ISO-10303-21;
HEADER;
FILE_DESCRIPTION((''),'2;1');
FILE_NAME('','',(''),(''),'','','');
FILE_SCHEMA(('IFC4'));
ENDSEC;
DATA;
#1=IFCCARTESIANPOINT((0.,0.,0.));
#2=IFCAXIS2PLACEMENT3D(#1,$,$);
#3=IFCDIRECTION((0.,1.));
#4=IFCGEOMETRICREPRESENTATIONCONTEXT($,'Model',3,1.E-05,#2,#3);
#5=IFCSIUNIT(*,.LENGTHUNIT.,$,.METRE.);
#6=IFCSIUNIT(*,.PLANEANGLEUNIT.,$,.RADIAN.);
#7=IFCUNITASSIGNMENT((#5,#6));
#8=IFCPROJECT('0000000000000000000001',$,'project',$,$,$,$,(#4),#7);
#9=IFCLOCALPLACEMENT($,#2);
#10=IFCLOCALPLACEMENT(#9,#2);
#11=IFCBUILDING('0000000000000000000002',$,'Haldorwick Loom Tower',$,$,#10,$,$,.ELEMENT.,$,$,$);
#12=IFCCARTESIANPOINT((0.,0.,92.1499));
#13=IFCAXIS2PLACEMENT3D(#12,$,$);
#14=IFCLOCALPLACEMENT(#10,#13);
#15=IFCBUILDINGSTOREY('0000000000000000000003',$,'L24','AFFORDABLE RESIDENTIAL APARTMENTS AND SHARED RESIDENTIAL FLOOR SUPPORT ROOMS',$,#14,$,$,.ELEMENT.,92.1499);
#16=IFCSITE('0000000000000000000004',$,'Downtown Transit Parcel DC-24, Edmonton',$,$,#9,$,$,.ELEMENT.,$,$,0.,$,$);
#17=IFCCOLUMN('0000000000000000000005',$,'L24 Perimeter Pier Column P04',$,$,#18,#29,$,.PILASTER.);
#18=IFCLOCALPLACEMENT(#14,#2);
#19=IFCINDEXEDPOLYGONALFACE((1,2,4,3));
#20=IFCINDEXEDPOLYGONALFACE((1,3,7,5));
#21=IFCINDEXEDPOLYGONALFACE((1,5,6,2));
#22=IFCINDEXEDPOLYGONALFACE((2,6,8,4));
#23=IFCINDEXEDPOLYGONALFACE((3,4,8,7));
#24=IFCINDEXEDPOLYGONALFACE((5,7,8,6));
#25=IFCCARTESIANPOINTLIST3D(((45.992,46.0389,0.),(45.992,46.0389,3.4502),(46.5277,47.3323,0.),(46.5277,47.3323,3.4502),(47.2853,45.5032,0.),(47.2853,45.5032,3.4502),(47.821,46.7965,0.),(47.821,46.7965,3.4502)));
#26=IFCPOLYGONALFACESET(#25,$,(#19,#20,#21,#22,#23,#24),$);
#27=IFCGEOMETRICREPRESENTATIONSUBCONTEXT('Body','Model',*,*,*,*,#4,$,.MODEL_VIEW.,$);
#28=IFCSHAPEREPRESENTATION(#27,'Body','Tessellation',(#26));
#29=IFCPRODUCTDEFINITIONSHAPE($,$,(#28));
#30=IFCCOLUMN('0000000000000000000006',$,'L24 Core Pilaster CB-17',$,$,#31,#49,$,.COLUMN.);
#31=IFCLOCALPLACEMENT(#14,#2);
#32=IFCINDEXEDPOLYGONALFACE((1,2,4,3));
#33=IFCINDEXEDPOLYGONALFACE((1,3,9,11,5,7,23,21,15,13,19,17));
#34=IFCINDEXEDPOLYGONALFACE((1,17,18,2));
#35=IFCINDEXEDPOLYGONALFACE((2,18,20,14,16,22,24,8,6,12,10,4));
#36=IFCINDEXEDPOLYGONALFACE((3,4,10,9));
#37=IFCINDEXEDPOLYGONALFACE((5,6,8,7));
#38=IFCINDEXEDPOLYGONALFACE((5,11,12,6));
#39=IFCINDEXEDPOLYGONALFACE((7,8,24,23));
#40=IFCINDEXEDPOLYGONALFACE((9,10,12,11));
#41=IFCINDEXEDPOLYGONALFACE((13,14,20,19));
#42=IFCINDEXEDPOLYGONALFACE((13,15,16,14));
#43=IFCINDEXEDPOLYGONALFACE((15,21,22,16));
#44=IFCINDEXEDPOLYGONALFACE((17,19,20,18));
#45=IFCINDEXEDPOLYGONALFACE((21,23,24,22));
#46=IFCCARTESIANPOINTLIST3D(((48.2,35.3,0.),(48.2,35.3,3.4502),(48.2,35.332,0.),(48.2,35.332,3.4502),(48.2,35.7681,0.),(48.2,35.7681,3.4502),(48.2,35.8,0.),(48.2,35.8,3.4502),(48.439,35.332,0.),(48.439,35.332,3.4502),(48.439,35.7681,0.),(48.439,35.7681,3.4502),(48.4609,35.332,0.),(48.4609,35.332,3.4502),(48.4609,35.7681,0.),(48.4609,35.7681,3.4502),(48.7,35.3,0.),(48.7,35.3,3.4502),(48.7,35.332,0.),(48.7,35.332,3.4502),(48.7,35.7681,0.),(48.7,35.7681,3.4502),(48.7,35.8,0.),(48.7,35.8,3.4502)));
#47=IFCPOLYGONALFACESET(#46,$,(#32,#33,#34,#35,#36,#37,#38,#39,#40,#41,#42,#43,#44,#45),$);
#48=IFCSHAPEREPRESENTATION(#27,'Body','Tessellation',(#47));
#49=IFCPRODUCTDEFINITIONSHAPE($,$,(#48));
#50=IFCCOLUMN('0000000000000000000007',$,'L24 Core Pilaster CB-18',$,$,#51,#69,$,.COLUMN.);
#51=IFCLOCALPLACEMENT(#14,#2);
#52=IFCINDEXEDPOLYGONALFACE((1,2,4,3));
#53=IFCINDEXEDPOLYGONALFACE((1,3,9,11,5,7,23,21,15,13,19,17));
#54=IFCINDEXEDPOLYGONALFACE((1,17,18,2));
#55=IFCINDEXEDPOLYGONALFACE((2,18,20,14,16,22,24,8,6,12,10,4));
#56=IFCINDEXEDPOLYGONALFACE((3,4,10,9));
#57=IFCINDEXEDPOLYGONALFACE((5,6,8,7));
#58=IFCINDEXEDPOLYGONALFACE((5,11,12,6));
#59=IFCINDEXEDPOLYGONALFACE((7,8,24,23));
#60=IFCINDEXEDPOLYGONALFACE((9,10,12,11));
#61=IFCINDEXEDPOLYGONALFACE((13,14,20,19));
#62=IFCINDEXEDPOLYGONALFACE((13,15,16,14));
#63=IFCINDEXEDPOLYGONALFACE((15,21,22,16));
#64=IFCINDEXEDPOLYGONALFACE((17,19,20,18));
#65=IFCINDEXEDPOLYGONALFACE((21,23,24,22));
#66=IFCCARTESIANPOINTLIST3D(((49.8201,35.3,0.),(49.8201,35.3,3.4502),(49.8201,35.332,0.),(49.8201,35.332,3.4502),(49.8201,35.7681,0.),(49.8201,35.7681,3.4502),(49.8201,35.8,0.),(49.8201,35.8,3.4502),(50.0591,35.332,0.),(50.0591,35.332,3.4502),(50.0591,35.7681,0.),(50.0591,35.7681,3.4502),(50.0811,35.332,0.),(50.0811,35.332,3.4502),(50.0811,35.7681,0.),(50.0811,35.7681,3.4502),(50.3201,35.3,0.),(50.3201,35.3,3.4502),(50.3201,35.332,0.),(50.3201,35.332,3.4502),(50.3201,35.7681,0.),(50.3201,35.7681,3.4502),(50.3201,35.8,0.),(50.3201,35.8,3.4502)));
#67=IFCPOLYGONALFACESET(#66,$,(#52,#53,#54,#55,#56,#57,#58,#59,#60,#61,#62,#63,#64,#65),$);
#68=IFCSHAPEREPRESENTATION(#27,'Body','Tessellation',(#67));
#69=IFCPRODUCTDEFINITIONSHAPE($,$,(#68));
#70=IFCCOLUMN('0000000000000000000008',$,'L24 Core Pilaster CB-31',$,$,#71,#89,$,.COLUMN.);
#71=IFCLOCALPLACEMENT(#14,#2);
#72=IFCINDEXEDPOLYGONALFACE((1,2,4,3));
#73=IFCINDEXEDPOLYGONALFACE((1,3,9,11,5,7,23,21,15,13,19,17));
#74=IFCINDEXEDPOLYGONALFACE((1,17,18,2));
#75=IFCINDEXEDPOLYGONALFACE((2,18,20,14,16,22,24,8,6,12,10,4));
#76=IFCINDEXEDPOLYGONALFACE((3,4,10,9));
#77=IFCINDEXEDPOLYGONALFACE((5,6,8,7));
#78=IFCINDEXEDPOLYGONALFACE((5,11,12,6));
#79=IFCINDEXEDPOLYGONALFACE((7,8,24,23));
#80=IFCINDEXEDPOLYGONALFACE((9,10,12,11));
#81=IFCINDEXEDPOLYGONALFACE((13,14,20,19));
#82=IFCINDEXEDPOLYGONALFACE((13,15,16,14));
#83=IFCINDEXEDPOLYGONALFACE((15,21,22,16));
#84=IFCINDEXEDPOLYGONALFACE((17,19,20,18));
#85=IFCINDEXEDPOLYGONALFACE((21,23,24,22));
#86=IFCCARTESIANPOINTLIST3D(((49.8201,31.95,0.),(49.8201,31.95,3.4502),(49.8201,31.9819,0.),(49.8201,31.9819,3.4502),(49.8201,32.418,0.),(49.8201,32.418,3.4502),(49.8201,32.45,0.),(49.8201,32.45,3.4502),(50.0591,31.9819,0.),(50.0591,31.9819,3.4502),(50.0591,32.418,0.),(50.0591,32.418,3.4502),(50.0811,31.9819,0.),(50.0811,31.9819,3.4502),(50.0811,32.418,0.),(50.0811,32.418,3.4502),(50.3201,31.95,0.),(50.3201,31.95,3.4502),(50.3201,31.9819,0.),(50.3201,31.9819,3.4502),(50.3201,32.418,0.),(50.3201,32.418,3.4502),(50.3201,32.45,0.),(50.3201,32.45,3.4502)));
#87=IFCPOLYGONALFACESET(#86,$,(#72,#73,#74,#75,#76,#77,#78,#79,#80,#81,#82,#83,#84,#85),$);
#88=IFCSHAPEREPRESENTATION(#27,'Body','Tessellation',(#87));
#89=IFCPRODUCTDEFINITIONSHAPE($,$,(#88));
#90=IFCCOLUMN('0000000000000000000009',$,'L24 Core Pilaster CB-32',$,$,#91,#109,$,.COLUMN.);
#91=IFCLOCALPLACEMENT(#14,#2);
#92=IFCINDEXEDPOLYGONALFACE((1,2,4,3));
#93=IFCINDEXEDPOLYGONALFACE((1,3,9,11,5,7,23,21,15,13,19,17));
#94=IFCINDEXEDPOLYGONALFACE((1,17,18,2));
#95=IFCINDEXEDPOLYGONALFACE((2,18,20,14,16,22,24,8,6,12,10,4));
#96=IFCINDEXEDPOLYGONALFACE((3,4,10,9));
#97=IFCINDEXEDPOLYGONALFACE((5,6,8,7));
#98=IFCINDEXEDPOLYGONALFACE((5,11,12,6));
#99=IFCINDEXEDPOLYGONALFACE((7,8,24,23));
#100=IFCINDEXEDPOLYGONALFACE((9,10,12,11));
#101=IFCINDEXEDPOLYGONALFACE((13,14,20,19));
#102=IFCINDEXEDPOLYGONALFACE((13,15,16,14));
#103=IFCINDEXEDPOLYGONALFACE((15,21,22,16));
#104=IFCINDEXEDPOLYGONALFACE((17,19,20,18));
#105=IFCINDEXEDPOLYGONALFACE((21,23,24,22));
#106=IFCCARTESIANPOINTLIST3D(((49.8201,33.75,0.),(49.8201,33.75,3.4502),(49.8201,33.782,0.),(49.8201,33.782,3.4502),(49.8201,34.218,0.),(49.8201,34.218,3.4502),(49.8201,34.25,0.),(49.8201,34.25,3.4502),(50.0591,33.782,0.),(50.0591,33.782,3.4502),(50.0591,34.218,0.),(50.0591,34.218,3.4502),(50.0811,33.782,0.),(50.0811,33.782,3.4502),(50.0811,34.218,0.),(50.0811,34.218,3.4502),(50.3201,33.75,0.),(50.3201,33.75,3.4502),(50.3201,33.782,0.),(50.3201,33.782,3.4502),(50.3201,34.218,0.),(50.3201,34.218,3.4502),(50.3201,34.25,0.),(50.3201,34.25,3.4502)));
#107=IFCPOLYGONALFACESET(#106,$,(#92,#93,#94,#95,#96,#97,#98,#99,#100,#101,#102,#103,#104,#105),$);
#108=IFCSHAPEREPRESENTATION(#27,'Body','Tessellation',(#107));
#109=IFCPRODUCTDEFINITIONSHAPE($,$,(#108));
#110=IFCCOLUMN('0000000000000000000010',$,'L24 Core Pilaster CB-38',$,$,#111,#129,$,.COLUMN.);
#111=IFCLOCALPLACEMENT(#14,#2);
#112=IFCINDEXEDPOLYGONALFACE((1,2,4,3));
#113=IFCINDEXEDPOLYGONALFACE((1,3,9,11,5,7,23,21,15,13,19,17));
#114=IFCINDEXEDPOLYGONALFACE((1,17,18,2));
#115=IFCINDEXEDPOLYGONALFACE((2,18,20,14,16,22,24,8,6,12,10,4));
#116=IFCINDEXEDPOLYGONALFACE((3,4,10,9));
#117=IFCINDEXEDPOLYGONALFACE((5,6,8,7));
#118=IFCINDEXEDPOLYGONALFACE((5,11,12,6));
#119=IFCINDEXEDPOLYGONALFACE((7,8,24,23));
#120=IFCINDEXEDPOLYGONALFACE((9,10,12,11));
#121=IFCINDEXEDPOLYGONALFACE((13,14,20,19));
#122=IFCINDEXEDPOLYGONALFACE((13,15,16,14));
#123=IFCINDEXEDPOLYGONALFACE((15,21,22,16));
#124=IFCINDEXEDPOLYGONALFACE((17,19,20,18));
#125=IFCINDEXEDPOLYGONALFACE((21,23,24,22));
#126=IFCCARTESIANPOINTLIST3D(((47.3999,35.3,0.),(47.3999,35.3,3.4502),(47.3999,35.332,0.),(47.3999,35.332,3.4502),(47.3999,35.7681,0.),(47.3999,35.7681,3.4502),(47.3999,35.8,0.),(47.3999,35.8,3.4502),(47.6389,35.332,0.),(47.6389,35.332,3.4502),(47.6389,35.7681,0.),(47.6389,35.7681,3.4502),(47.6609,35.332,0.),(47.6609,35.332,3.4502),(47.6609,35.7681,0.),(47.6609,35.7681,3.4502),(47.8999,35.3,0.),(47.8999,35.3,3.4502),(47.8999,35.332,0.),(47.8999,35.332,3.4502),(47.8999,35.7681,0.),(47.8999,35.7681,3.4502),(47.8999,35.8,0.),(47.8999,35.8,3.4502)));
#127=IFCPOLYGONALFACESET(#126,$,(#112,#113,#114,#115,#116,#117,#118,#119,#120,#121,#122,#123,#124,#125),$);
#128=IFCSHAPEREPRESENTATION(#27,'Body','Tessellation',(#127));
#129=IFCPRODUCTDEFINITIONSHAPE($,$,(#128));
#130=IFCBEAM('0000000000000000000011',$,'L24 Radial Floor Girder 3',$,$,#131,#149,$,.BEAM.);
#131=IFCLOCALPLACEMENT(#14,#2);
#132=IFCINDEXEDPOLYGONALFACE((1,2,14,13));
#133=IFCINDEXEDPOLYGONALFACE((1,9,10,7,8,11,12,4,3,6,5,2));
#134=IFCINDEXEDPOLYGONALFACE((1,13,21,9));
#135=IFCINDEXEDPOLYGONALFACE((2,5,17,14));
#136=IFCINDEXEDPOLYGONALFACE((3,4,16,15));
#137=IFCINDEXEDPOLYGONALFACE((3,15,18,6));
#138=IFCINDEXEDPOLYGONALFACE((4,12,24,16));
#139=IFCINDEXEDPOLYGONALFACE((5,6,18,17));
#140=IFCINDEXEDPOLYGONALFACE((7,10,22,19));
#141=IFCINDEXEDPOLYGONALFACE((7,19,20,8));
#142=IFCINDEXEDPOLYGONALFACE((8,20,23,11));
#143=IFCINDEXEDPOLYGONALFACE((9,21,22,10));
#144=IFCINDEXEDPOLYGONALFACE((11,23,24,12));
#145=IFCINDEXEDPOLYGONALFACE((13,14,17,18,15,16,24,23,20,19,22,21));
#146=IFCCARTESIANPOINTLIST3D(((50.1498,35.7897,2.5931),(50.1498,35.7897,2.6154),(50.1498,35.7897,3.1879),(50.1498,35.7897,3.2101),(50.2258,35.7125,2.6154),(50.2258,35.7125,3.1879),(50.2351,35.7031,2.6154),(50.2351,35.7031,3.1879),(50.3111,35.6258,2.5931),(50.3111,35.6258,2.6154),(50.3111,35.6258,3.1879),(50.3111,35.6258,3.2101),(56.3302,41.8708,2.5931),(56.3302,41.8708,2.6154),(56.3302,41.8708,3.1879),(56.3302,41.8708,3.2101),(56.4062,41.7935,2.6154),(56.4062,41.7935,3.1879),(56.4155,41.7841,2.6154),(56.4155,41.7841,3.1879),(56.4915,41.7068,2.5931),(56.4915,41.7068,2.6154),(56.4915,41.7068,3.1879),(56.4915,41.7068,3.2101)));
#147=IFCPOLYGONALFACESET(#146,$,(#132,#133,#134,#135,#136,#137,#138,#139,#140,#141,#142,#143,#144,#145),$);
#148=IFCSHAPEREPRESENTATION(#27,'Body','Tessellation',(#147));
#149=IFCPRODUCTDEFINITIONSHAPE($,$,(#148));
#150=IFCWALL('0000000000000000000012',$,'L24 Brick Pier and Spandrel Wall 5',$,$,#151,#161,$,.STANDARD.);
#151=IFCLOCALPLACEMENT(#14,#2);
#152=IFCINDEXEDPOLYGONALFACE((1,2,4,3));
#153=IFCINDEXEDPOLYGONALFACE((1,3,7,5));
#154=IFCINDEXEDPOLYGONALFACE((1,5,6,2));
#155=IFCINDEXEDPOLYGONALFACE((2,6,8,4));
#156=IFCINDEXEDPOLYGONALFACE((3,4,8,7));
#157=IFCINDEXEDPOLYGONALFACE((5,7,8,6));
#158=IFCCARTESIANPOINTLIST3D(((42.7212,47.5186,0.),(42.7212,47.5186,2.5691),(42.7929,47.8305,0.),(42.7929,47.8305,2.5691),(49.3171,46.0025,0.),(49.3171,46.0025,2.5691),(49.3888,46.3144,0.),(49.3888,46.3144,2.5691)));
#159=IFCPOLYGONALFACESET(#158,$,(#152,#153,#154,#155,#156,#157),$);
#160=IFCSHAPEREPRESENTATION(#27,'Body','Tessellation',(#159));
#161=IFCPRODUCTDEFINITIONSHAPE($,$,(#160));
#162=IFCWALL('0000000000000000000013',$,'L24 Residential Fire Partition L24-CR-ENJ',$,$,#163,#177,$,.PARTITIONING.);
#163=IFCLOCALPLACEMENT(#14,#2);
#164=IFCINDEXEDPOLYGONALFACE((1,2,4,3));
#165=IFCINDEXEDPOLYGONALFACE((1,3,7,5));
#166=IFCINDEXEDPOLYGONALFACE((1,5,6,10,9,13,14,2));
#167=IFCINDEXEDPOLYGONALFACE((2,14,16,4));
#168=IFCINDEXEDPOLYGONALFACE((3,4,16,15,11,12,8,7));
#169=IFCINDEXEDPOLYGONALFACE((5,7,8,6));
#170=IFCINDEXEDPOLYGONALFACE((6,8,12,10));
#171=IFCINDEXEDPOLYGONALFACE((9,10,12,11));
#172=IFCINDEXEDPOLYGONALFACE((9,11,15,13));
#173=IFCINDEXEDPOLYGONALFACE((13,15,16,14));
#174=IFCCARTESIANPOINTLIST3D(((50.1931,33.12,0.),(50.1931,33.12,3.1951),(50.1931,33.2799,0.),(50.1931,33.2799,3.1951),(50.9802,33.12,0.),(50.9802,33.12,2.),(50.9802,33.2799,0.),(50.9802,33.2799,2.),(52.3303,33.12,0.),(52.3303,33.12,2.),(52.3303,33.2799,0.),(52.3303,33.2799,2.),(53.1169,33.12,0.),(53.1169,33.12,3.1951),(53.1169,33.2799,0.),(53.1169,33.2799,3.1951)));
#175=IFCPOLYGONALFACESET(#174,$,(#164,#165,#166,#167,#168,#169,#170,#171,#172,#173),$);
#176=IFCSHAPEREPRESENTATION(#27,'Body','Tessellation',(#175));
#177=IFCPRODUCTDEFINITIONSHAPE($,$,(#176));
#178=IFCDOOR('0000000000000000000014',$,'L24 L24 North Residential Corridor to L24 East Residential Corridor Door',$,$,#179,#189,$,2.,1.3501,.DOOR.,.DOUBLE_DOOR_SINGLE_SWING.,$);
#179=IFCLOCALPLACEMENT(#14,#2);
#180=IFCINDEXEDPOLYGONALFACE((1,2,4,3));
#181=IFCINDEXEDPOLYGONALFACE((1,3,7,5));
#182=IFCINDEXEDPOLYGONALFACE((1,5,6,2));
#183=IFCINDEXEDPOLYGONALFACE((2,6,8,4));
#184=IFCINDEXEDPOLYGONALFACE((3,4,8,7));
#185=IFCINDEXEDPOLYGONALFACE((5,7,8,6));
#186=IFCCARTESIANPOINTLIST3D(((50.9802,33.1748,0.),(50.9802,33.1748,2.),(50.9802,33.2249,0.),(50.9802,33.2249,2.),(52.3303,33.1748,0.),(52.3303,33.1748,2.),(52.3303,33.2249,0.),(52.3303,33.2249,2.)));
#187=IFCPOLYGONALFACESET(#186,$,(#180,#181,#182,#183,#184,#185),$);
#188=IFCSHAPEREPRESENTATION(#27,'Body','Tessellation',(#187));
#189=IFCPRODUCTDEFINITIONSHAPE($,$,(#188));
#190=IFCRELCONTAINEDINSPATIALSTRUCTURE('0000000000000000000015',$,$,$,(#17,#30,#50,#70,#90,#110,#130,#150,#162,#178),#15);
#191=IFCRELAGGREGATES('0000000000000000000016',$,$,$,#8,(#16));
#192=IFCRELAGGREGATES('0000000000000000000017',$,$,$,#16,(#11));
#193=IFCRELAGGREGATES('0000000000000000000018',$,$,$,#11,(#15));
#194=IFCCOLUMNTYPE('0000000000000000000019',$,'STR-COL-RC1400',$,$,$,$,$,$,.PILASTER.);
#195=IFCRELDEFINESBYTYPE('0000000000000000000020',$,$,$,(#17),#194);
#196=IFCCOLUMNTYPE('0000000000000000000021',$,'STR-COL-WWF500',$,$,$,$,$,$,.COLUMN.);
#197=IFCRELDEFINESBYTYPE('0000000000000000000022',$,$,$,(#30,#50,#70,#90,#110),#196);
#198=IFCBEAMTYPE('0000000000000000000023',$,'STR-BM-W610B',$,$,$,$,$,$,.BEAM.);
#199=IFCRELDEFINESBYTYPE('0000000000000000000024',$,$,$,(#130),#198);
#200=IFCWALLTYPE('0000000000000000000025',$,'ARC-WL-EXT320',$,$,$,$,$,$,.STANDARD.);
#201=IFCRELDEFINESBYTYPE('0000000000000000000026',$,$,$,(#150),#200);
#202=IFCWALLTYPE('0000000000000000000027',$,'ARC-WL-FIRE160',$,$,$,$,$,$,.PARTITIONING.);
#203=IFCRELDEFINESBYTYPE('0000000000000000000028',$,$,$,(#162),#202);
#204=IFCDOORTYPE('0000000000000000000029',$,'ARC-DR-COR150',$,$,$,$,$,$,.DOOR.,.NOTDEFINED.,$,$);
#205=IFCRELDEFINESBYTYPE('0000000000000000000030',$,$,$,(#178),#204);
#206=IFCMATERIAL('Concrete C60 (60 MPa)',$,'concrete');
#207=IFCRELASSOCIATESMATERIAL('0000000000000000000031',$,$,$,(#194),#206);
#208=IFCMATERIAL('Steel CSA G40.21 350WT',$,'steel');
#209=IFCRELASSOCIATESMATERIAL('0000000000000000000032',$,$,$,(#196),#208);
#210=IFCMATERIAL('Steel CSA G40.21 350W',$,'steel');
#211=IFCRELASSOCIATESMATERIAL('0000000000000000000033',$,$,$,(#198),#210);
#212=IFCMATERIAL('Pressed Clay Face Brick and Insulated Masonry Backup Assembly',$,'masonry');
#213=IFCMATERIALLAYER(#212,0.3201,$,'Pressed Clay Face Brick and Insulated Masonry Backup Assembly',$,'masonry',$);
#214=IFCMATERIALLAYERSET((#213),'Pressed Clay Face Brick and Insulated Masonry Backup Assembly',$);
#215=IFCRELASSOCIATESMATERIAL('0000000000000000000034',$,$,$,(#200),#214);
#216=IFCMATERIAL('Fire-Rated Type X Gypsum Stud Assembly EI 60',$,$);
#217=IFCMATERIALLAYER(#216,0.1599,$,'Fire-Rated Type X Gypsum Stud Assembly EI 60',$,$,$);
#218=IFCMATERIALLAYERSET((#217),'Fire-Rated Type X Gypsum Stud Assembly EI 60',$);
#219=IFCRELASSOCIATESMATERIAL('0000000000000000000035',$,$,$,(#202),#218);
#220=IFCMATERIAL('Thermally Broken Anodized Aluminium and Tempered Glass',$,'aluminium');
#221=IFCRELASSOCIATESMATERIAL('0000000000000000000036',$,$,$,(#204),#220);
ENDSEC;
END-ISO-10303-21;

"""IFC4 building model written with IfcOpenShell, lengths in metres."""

from ifc_helpers import new_model, si_unit, direction, frame, frame_2d, origin, origin_2d, place, context, subcontext, project, spatial, rectangle, i_section, extrude, material, layer, layer_set, material_profile, profile_set, type_object, element, fill, save


model = new_model("IFC4")

# Units and contexts
model_context = context("Model", 3, precision=1e-05, world=origin(), true_north=direction((0.0, 1.0)))
body_context = subcontext(model_context, "Body", "Model", "MODEL_VIEW")
ifc_project = project(units=[si_unit("LENGTHUNIT", "METRE"), si_unit("PLANEANGLEUNIT", "RADIAN")], contexts=[model_context])

# Site, building, storey
site_placement = place(None, origin())
site = spatial("IfcSite", under=ifc_project, at=site_placement, Name="Downtown Transit Parcel DC-24, Edmonton", CompositionType="ELEMENT", RefElevation=0.0)
building_placement = place(site_placement, origin())
building = spatial("IfcBuilding", under=site, at=building_placement, Name="Haldorwick Loom Tower", CompositionType="ELEMENT")
storey_placement = place(building_placement, frame((0.0, 0.0, 92.1499)))
storey = spatial("IfcBuildingStorey", under=building, at=storey_placement, Name="L24", Description="AFFORDABLE RESIDENTIAL APARTMENTS AND SHARED RESIDENTIAL FLOOR SUPPORT ROOMS", CompositionType="ELEMENT", Elevation=92.1499)

# Columns
ifc_material_1 = material(Name="Concrete C60 (60 MPa)", Category="concrete")
ifc_material_profile_1 = material_profile(ifc_material_1, rectangle(XDim=1.3999, YDim=1.3999, at=origin_2d()), Name="RC1400X1400", Category="concrete")
ifc_profile_set_1 = profile_set([ifc_material_profile_1], Name="Concrete C60 (60 MPa)")
column_type_1 = type_object("IfcColumnType", Name="STR-COL-RC1400", PredefinedType="PILASTER", material=ifc_profile_set_1)
column_placement = place(storey_placement, frame((46.9065, 46.4177, 0.0), z_axis=(0.0, 0.0, 1.0), x_axis=(0.382683, 0.92388, 0.0)))
element("IfcColumn", 1, at=column_placement, inside=storey, type_object=column_type_1, Name="L24 Perimeter Pier Column P04", PredefinedType="PILASTER", context=body_context, shape_type="SweptSolid", body=[
    extrude(rectangle(XDim=1.3999, YDim=1.3999, at=origin_2d()), origin(), (0.0, 0.0, 1.0), 3.4502),
])
ifc_material_2 = material(Name="Steel CSA G40.21 350WT", Category="steel")
ifc_material_profile_2 = material_profile(ifc_material_2, i_section(OverallWidth=0.5, OverallDepth=0.5, WebThickness=0.022, FlangeThickness=0.032, at=origin_2d()), Name="WWF500X500", Category="steel")
ifc_profile_set_2 = profile_set([ifc_material_profile_2], Name="Steel CSA G40.21 350WT")
column_type_2 = type_object("IfcColumnType", Name="STR-COL-WWF500", PredefinedType="COLUMN", material=ifc_profile_set_2)
for number, where, z_axis, x_axis, name in (
    (2, (48.45, 35.55, 0.0), (0.0, 0.0, 1.0), (1.0, 0.0, 0.0), "L24 Core Pilaster CB-17"),
    (3, (50.0701, 35.55, 0.0), (0.0, 0.0, 1.0), (1.0, 0.0, 0.0), "L24 Core Pilaster CB-18"),
    (4, (50.0701, 32.2, 0.0), (0.0, 0.0, 1.0), (1.0, 0.0, 0.0), "L24 Core Pilaster CB-31"),
    (5, (50.0701, 34.0, 0.0), (0.0, 0.0, 1.0), (1.0, 0.0, 0.0), "L24 Core Pilaster CB-32"),
    (6, (47.6499, 35.55, 0.0), (0.0, 0.0, 1.0), (1.0, 0.0, 0.0), "L24 Core Pilaster CB-38"),
):
    element("IfcColumn", number, at=place(storey_placement, frame(where, z_axis=z_axis, x_axis=x_axis)), inside=storey, type_object=column_type_2, Name=name, PredefinedType="COLUMN", context=body_context, shape_type="SweptSolid", body=[
        extrude(i_section(OverallWidth=0.5, OverallDepth=0.5, WebThickness=0.022, FlangeThickness=0.032, at=origin_2d()), origin(), (0.0, 0.0, 1.0), 3.4502),
    ])

# Beam
ifc_material_3 = material(Name="Steel CSA G40.21 350W", Category="steel")
ifc_material_profile_3 = material_profile(ifc_material_3, i_section(OverallWidth=0.23, OverallDepth=0.6169, WebThickness=0.0132, FlangeThickness=0.0222, at=origin_2d()), Name="W610X140", Category="steel")
ifc_profile_set_3 = profile_set([ifc_material_profile_3], Name="Steel CSA G40.21 350W")
beam_type = type_object("IfcBeamType", Name="STR-BM-W610B", PredefinedType="BEAM", material=ifc_profile_set_3)
beam_placement = place(storey_placement, frame((50.2305, 35.7078, 2.9016), z_axis=(0.712814, 0.701353, 0.0), x_axis=(-0.701353, 0.712814, 0.0)))
element("IfcBeam", 7, at=beam_placement, inside=storey, type_object=beam_type, Name="L24 Radial Floor Girder 3", PredefinedType="BEAM", context=body_context, shape_type="SweptSolid", body=[
    extrude(i_section(OverallWidth=0.23, OverallDepth=0.6169, WebThickness=0.0132, FlangeThickness=0.0222, at=origin_2d()), origin(), (0.0, 0.0, 1.0), 8.6704),
])

# Wall
ifc_material_4 = material(Name="Pressed Clay Face Brick and Insulated Masonry Backup Assembly", Category="masonry")
ifc_layer_1 = layer(ifc_material_4, 0.3201, Name="Pressed Clay Face Brick and Insulated Masonry Backup Assembly", Category="masonry")
ifc_layer_set_1 = layer_set([ifc_layer_1], Name="Pressed Clay Face Brick and Insulated Masonry Backup Assembly")
wall_type_1 = type_object("IfcWallType", Name="ARC-WL-EXT320", PredefinedType="STANDARD", material=ifc_layer_set_1)
wall_1_placement = place(storey_placement, frame((49.3528, 46.1584, 0.0), z_axis=(0.0, 0.0, 1.0), x_axis=(-0.974584, 0.224022, 0.0)))
element("IfcWall", 8, at=wall_1_placement, inside=storey, type_object=wall_type_1, Name="L24 Brick Pier and Spandrel Wall 5", PredefinedType="STANDARD", context=body_context, shape_type="SweptSolid", body=[
    extrude(rectangle(XDim=6.7678, YDim=0.3201, at=frame_2d((3.3838, 0.0))), origin(), (0.0, 0.0, 1.0), 2.5691),
])

# Wall, opening, door
ifc_material_5 = material(Name="Fire-Rated Type X Gypsum Stud Assembly EI 60")
ifc_layer_2 = layer(ifc_material_5, 0.1599, Name="Fire-Rated Type X Gypsum Stud Assembly EI 60")
ifc_layer_set_2 = layer_set([ifc_layer_2], Name="Fire-Rated Type X Gypsum Stud Assembly EI 60")
wall_type_2 = type_object("IfcWallType", Name="ARC-WL-FIRE160", PredefinedType="PARTITIONING", material=ifc_layer_set_2)
wall_2_placement = place(storey_placement, frame((50.1931, 33.2, 0.0), z_axis=(0.0, 0.0, 1.0), x_axis=(1.0, 0.0, 0.0)))
wall_2 = element("IfcWall", 9, at=wall_2_placement, inside=storey, type_object=wall_type_2, Name="L24 Residential Fire Partition L24-CR-ENJ", PredefinedType="PARTITIONING", context=body_context, shape_type="SweptSolid", body=[
    extrude(rectangle(XDim=2.9238, YDim=0.1599, at=frame_2d((1.4619, 0.0))), origin(), (0.0, 0.0, 1.0), 3.1951),
])
opening_1_placement = place(wall_2_placement, frame((0.7871, 0.0, 0.0)))
opening_1 = element("IfcOpeningElement", 10, at=opening_1_placement, cuts=wall_2, PredefinedType="OPENING", context=body_context, shape_type="SweptSolid", body=[
    extrude(rectangle(XDim=1.3501, YDim=2.0, at=frame_2d((0.675, 1.0))), frame((0.0, 0.0898, 0.0), z_axis=(0.0, -1.0, 0.0), x_axis=(1.0, 0.0, 0.0)), (0.0, 0.0, 1.0), 0.1799),
])
ifc_material_6 = material(Name="Thermally Broken Anodized Aluminium and Tempered Glass", Category="aluminium")
door_type_1 = type_object("IfcDoorType", Name="ARC-DR-COR150", OperationType="NOTDEFINED", PredefinedType="DOOR", material=ifc_material_6)
door_1_placement = place(opening_1_placement, origin())
door_1 = element("IfcDoor", 11, at=door_1_placement, inside=storey, type_object=door_type_1, Name="L24 L24 North Residential Corridor to L24 East Residential Corridor Door", OperationType="DOUBLE_DOOR_SINGLE_SWING", OverallHeight=2.0, OverallWidth=1.3501, PredefinedType="DOOR", context=body_context, shape_type="SweptSolid", body=[
    extrude(rectangle(XDim=1.3501, YDim=2.0, at=frame_2d((0.675, 1.0))), frame((0.0, 0.0249, 0.0), z_axis=(0.0, -1.0, 0.0), x_axis=(1.0, 0.0, 0.0)), (0.0, 0.0, 1.0), 0.05),
])
fill(opening_1, door_1)

save(model, "model.ifc")
